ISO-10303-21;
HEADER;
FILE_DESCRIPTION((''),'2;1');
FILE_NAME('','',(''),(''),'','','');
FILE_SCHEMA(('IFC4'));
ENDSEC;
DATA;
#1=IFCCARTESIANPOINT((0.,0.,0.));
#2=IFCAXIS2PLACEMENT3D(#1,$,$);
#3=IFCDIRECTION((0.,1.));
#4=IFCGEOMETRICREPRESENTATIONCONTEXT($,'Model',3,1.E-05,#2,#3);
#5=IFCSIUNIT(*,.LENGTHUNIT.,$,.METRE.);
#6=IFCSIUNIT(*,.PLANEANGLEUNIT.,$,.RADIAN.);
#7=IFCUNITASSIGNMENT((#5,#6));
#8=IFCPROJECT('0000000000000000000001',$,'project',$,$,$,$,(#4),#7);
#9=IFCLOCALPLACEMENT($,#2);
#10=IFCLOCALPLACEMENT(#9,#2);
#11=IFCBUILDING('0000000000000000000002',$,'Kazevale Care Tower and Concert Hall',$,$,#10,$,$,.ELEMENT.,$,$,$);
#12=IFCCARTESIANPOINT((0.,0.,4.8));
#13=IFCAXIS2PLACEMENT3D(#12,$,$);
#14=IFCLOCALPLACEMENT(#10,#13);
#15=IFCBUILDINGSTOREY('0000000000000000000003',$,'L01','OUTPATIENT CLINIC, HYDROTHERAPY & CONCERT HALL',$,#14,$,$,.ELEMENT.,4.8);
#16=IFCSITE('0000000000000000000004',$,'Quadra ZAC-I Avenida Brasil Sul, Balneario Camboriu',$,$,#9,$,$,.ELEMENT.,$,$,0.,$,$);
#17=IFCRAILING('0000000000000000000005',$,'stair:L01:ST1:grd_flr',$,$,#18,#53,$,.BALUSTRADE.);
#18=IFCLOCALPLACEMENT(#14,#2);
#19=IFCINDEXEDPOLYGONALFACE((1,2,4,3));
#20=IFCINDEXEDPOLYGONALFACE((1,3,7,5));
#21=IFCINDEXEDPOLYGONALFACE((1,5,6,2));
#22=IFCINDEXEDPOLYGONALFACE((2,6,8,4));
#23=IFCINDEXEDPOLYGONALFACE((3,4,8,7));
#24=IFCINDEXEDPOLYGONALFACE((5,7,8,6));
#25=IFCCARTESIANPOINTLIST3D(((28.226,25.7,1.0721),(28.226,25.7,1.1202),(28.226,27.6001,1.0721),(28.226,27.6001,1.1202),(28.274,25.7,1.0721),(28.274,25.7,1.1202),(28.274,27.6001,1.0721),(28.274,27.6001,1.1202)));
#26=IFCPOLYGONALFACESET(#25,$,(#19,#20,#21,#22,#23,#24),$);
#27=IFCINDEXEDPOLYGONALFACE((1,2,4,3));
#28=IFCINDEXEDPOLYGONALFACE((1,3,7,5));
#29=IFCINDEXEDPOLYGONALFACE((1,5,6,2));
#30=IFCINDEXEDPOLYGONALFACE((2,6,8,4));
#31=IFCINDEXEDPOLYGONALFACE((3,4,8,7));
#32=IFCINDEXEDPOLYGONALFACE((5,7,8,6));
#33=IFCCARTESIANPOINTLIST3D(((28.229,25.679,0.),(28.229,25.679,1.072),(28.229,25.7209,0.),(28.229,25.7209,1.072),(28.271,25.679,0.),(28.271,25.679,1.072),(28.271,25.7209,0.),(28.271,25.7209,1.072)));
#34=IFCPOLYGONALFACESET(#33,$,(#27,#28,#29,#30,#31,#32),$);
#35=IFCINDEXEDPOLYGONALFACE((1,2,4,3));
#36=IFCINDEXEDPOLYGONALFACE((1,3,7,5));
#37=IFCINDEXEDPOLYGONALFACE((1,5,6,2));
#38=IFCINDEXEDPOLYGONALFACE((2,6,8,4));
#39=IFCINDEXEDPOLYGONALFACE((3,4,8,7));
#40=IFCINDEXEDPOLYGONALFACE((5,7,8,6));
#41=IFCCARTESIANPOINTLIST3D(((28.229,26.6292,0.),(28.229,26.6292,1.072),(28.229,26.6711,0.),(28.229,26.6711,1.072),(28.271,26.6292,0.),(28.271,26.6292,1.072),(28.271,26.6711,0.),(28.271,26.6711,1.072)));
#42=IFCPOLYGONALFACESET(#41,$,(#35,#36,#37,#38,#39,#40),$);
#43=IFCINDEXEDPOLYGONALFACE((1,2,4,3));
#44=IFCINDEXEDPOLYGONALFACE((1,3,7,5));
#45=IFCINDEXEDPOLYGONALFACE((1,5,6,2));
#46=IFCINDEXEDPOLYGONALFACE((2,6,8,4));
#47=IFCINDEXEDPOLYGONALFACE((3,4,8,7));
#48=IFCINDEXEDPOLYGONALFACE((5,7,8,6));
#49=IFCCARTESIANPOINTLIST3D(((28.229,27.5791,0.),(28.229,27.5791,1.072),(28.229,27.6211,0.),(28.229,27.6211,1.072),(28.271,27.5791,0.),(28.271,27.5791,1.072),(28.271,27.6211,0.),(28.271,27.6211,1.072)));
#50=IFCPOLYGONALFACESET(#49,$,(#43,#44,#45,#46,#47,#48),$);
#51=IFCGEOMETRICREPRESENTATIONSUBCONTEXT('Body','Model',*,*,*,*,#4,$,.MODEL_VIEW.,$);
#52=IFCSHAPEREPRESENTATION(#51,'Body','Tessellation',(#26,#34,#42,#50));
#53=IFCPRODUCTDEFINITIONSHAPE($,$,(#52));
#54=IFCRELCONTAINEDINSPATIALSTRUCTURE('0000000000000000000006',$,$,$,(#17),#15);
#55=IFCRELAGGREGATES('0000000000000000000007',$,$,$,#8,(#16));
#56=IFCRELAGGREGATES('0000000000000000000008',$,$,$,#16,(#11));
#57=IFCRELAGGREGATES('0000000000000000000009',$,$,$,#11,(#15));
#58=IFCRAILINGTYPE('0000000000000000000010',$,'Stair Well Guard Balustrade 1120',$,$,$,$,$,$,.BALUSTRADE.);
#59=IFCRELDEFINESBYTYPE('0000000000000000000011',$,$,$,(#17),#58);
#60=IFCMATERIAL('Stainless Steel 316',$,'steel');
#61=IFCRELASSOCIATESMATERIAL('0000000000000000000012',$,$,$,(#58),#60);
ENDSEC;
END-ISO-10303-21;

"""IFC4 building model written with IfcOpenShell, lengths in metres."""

from ifc_helpers import new_model, si_unit, direction, frame, origin, origin_2d, place, context, subcontext, project, spatial, rectangle, extrude, material, type_object, element, save


model = new_model("IFC4")

# Units and contexts
model_context = context("Model", 3, precision=1e-05, world=origin(), true_north=direction((0.0, 1.0)))
body_context = subcontext(model_context, "Body", "Model", "MODEL_VIEW")
ifc_project = project(units=[si_unit("LENGTHUNIT", "METRE"), si_unit("PLANEANGLEUNIT", "RADIAN")], contexts=[model_context])

# Site, building, storey
site_placement = place(None, origin())
site = spatial("IfcSite", under=ifc_project, at=site_placement, Name="Quadra ZAC-I Avenida Brasil Sul, Balneario Camboriu", CompositionType="ELEMENT", RefElevation=0.0)
building_placement = place(site_placement, origin())
building = spatial("IfcBuilding", under=site, at=building_placement, Name="Kazevale Care Tower and Concert Hall", CompositionType="ELEMENT")
storey_placement = place(building_placement, frame((0.0, 0.0, 4.8)))
storey = spatial("IfcBuildingStorey", under=building, at=storey_placement, Name="L01", Description="OUTPATIENT CLINIC, HYDROTHERAPY & CONCERT HALL", CompositionType="ELEMENT", Elevation=4.8)

# Railing
ifc_material_1 = material(Name="Stainless Steel 316", Category="steel")
railing_type_1 = type_object("IfcRailingType", Name="Stair Well Guard Balustrade 1120", PredefinedType="BALUSTRADE", material=ifc_material_1)
for number, where, name in (
    (1, (28.25, 25.7, 0.0), "stair:L01:ST1:grd_flr"),
):
    element("IfcRailing", number, at=place(storey_placement, frame(where)), inside=storey, type_object=railing_type_1, Name=name, PredefinedType="BALUSTRADE", context=body_context, shape_type="SweptSolid", body=[
        extrude(rectangle(XDim=0.0481, YDim=0.0481, at=origin_2d()), frame((0.0, 0.0, 1.0962), z_axis=(0.0, 1.0, 0.0), x_axis=(-1.0, 0.0, 0.0)), (0.0, 0.0, 1.0), 1.9001),
        extrude(rectangle(XDim=0.042, YDim=0.042, at=origin_2d()), origin(), (0.0, 0.0, 1.0), 1.072),
        extrude(rectangle(XDim=0.042, YDim=0.042, at=origin_2d()), frame((0.0, 0.9502, 0.0)), (0.0, 0.0, 1.0), 1.072),
        extrude(rectangle(XDim=0.042, YDim=0.042, at=origin_2d()), frame((0.0, 1.9001, 0.0)), (0.0, 0.0, 1.0), 1.072),
    ])

save(model, "model.ifc")
